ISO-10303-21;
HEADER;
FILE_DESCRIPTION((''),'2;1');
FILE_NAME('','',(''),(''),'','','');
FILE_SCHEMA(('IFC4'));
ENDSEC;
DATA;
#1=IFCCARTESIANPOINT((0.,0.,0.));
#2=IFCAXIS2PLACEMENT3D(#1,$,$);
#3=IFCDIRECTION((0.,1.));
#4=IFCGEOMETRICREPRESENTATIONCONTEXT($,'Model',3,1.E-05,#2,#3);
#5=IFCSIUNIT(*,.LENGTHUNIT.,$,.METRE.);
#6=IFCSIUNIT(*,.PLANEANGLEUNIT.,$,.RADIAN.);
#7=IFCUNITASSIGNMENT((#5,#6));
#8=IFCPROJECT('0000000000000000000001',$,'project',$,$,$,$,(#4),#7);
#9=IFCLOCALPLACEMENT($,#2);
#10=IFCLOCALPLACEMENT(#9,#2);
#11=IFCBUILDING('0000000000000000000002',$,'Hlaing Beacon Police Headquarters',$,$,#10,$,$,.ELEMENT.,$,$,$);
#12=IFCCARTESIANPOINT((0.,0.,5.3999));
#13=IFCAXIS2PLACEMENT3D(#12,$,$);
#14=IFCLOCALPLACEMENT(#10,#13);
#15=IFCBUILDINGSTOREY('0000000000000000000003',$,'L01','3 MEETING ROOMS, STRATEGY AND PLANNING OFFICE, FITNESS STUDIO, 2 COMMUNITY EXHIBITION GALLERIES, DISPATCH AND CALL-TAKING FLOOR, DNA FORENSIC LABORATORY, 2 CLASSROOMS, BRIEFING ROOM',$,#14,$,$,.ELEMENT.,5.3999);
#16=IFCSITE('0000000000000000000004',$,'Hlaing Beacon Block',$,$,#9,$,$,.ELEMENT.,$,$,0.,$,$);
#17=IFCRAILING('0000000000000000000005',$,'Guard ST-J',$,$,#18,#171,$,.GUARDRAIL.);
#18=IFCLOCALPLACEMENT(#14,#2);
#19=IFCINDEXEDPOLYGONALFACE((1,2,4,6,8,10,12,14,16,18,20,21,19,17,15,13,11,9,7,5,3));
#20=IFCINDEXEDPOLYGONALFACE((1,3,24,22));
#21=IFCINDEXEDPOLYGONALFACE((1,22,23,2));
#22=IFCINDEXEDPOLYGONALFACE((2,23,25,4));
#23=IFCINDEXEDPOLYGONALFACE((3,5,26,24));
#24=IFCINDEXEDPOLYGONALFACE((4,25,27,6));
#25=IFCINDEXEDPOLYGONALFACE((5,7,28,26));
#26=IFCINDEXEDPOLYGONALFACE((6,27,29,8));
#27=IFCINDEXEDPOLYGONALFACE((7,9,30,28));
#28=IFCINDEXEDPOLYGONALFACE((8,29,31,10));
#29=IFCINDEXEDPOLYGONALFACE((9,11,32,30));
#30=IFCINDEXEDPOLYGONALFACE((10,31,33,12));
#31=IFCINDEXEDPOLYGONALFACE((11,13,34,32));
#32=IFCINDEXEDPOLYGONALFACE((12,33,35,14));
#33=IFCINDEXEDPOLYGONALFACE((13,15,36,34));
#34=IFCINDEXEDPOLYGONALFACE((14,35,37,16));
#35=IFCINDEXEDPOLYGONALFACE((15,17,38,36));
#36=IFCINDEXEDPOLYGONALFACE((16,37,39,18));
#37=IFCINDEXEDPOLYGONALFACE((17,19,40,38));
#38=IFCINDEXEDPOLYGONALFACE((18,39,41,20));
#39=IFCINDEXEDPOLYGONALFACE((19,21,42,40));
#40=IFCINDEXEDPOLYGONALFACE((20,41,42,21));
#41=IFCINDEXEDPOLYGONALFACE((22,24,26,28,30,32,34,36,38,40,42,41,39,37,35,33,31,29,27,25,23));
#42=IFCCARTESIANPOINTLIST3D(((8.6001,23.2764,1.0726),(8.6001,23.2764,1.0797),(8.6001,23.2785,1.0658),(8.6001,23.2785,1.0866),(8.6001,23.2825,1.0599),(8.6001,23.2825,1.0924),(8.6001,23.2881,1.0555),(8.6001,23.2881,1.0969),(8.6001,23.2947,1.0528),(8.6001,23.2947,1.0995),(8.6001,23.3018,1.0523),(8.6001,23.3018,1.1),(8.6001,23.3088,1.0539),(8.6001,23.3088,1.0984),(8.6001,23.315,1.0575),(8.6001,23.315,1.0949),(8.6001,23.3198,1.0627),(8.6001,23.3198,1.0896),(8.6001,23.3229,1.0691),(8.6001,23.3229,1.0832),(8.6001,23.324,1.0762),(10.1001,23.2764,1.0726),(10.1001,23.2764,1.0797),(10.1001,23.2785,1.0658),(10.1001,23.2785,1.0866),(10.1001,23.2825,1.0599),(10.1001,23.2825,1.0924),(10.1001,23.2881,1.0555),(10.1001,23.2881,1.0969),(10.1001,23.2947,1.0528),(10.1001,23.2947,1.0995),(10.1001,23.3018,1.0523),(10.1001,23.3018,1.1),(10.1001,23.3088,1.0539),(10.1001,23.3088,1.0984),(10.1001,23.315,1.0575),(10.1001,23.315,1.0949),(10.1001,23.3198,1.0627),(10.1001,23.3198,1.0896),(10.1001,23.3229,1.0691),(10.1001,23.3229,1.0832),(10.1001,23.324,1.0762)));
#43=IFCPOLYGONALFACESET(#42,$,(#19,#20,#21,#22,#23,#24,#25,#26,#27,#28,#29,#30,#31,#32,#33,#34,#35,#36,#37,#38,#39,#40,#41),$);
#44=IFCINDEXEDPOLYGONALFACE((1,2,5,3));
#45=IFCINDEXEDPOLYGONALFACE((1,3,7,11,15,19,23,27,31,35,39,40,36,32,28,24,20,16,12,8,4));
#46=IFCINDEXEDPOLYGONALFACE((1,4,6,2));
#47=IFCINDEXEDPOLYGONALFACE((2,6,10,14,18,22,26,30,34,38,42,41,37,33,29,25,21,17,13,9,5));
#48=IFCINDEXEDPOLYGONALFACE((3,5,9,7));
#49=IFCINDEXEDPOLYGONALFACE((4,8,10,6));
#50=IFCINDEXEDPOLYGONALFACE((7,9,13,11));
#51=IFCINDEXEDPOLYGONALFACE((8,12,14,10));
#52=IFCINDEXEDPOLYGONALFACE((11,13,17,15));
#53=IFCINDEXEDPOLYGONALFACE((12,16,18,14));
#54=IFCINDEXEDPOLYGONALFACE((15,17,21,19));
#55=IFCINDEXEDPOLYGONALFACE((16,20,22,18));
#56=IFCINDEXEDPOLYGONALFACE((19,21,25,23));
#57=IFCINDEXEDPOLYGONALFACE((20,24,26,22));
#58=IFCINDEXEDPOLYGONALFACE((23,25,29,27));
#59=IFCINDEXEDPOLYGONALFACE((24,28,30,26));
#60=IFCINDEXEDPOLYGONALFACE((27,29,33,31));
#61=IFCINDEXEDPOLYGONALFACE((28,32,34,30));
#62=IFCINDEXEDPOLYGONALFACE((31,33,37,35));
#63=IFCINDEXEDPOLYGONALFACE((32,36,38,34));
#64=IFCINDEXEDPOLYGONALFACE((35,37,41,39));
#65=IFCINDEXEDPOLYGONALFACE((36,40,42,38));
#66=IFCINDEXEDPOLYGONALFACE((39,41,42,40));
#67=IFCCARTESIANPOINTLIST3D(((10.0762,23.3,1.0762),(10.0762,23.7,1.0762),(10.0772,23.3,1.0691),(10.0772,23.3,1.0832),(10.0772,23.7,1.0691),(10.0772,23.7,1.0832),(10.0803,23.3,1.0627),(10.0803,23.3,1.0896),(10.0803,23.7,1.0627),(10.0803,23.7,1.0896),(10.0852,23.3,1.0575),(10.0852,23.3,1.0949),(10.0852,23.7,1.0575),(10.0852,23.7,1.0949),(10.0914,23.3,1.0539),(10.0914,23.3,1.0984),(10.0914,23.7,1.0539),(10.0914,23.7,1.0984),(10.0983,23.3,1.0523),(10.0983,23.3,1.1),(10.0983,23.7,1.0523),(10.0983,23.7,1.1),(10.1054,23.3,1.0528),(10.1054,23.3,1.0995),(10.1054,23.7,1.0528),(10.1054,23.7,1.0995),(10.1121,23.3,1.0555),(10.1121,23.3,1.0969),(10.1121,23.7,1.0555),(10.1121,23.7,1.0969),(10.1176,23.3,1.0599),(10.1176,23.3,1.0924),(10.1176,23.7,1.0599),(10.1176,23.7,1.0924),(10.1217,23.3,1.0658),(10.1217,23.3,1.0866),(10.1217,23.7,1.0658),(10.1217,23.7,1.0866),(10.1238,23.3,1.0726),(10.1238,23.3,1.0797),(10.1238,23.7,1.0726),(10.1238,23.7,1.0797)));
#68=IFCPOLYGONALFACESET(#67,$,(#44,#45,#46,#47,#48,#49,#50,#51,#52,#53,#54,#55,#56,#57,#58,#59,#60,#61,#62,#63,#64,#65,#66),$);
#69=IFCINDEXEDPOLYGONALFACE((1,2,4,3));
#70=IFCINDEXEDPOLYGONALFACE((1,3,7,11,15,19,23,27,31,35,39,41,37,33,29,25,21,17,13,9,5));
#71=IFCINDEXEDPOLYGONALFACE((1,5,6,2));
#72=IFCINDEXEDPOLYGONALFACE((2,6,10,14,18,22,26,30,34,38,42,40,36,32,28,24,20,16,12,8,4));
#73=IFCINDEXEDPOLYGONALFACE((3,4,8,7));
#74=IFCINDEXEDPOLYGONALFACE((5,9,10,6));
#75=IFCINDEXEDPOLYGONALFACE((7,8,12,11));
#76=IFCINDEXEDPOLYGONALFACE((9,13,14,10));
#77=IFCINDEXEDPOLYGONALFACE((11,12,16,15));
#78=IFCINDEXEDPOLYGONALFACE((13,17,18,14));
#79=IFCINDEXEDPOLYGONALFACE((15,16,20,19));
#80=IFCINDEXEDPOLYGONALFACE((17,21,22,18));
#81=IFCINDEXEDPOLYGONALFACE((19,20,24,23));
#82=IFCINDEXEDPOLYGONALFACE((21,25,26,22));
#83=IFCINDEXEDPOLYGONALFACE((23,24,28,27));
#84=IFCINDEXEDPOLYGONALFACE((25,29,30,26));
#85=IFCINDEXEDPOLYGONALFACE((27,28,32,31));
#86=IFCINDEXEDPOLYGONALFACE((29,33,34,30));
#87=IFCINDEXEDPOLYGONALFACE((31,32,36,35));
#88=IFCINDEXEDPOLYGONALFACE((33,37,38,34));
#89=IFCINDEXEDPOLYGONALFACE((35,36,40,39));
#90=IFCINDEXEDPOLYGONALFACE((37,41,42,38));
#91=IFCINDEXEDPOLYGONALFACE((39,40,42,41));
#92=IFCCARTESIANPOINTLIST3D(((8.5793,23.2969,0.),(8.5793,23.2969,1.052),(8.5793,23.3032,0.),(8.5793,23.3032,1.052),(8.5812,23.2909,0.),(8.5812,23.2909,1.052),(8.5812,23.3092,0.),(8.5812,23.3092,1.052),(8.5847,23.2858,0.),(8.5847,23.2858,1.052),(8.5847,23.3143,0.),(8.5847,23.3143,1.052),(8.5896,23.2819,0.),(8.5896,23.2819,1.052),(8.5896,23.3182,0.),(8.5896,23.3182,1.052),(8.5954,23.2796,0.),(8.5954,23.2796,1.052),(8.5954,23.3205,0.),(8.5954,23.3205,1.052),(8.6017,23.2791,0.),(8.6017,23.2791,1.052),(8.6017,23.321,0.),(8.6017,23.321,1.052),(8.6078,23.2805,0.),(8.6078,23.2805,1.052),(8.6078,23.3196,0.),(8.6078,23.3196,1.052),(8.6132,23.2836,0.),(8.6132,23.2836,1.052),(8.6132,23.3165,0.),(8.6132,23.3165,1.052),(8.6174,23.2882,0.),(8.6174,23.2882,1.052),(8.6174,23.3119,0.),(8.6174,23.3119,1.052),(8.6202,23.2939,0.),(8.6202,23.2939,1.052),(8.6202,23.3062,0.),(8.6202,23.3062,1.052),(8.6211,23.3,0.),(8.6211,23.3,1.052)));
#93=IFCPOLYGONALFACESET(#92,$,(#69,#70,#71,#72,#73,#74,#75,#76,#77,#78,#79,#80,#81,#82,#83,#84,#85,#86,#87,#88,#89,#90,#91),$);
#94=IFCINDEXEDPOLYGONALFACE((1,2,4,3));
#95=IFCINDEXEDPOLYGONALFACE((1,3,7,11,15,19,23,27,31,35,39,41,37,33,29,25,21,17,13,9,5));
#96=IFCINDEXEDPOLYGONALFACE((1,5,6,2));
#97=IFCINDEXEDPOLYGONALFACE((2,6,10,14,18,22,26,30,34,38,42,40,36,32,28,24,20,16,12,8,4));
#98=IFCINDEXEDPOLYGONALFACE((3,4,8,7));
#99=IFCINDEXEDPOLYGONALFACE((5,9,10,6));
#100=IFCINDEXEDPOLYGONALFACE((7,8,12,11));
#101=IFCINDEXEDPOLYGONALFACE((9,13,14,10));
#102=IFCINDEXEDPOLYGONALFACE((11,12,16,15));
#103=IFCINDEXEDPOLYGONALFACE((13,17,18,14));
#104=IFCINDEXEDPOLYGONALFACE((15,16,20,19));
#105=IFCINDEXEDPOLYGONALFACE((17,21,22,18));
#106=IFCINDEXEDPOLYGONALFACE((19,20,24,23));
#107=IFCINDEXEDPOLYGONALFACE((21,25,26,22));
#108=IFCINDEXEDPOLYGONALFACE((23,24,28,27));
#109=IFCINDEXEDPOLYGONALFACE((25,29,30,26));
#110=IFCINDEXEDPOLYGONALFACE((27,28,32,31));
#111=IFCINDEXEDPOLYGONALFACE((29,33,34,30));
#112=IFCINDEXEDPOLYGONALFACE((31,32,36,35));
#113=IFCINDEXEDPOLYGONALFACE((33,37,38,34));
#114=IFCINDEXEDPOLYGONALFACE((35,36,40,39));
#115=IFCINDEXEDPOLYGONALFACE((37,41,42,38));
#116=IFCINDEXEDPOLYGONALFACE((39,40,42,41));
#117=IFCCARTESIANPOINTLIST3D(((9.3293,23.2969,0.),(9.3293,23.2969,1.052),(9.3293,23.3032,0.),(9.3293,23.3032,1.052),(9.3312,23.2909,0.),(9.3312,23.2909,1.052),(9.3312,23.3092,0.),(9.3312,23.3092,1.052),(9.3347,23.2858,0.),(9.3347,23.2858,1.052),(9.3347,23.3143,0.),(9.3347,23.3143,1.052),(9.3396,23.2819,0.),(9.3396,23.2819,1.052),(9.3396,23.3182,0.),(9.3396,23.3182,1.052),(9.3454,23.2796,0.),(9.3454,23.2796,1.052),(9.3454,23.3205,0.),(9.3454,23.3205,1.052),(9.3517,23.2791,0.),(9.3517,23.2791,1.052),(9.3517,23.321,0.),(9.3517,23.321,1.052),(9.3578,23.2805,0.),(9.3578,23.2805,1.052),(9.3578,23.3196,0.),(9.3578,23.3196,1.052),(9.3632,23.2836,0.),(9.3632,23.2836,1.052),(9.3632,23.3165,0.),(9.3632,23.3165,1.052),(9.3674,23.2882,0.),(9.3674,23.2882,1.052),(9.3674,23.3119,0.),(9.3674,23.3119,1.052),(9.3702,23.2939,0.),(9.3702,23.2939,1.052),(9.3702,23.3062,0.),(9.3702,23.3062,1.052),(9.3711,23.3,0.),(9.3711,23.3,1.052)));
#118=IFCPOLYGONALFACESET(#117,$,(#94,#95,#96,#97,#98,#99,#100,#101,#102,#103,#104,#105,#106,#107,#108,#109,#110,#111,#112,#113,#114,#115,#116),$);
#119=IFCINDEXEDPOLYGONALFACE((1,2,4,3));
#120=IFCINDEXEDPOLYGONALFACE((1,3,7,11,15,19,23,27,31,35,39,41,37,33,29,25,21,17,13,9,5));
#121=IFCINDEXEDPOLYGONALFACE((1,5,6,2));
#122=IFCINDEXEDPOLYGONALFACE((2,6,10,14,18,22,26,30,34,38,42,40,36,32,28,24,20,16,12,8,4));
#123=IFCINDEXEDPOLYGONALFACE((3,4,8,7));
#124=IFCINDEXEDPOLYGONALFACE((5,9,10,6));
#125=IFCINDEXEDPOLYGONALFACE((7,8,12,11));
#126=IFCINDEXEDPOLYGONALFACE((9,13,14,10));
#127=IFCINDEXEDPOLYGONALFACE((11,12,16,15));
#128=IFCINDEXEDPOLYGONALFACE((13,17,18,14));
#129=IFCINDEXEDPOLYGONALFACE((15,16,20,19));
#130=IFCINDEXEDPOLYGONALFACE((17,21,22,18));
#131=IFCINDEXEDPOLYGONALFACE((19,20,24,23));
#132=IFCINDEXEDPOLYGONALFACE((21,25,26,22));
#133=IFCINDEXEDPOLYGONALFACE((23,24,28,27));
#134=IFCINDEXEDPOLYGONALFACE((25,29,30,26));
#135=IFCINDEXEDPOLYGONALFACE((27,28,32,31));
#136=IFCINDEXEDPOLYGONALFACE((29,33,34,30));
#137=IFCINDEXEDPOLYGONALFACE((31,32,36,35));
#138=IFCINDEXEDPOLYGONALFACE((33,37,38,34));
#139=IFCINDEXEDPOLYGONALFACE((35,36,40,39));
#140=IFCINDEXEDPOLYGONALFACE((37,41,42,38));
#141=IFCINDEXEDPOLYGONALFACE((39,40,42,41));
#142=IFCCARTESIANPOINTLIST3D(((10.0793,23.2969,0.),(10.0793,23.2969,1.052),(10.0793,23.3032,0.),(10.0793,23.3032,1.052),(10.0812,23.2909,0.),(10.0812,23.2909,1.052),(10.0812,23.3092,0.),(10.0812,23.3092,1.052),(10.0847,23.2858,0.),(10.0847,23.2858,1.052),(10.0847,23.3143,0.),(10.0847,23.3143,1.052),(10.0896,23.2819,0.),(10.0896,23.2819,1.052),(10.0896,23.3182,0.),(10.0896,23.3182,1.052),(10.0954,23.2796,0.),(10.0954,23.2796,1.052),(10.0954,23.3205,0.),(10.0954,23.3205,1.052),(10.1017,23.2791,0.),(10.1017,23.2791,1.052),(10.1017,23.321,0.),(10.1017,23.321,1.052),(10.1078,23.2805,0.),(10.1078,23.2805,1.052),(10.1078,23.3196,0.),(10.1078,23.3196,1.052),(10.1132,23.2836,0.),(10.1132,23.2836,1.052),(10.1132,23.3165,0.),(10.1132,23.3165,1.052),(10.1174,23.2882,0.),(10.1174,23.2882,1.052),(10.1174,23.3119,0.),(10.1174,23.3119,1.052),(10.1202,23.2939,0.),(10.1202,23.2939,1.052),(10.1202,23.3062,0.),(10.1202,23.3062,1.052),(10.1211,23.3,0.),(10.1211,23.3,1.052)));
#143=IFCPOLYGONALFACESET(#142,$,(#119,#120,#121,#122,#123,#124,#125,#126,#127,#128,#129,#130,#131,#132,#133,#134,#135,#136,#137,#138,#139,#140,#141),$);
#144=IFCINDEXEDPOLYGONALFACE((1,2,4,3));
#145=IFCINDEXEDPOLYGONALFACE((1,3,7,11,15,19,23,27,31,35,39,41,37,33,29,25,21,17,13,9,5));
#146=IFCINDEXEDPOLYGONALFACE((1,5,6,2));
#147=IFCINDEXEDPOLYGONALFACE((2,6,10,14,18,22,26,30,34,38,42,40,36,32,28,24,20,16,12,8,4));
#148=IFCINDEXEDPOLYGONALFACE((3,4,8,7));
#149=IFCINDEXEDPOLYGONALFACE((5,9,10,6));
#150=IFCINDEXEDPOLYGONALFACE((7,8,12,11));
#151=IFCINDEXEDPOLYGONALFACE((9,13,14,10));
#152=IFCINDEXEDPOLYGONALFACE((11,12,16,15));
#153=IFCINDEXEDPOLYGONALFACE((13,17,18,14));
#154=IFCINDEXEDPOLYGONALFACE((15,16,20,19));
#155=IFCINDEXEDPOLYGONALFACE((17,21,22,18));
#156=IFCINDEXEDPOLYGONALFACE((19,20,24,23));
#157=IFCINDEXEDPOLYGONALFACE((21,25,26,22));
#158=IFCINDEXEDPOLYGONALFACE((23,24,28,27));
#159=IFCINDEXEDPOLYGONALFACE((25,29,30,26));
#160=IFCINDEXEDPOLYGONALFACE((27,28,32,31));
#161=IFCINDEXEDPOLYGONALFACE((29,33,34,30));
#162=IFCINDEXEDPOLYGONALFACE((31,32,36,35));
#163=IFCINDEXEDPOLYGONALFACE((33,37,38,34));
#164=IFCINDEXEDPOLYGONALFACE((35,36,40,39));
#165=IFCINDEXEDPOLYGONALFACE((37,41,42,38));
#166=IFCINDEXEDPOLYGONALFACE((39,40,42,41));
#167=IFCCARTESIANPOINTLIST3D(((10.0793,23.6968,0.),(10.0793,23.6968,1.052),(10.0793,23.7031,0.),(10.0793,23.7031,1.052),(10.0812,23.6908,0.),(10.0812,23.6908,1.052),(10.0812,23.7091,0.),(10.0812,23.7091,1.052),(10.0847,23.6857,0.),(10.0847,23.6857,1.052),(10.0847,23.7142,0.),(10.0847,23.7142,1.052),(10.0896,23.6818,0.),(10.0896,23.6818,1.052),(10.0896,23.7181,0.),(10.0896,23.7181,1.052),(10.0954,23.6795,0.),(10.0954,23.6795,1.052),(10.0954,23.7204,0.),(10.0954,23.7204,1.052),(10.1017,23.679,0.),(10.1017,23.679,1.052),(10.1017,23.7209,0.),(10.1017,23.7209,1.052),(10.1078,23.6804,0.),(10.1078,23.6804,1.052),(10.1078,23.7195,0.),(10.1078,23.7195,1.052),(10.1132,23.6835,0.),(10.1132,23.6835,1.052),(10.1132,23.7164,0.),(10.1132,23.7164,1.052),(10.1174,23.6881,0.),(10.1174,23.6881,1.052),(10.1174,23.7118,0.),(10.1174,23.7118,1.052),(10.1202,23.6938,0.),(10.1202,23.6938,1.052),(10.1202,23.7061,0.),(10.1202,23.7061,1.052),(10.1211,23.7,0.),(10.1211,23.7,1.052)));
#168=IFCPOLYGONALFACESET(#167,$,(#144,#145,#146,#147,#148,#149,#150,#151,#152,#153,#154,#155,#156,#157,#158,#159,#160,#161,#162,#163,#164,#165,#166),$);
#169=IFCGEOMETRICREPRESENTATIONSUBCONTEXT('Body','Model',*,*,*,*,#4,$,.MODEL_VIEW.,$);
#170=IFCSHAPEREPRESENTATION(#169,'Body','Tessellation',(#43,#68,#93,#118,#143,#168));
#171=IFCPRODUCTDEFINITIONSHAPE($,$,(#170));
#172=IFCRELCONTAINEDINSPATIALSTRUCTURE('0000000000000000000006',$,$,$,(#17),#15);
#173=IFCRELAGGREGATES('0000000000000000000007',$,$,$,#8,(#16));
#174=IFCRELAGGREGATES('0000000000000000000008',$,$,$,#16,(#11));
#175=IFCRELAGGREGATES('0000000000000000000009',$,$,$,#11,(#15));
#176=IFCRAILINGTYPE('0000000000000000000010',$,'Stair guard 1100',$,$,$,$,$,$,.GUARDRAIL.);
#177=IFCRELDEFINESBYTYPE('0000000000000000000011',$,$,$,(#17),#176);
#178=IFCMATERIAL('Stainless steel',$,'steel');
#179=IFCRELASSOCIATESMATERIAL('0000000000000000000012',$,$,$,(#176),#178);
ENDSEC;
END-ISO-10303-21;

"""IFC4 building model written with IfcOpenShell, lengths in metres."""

from ifc_helpers import new_model, si_unit, direction, frame, origin, origin_2d, place, context, subcontext, project, spatial, circle, extrude, material, type_object, element, save


model = new_model("IFC4")

# Units and contexts
model_context = context("Model", 3, precision=1e-05, world=origin(), true_north=direction((0.0, 1.0)))
body_context = subcontext(model_context, "Body", "Model", "MODEL_VIEW")
ifc_project = project(units=[si_unit("LENGTHUNIT", "METRE"), si_unit("PLANEANGLEUNIT", "RADIAN")], contexts=[model_context])

# Site, building, storey
site_placement = place(None, origin())
site = spatial("IfcSite", under=ifc_project, at=site_placement, Name="Hlaing Beacon Block", CompositionType="ELEMENT", RefElevation=0.0)
building_placement = place(site_placement, origin())
building = spatial("IfcBuilding", under=site, at=building_placement, Name="Hlaing Beacon Police Headquarters", CompositionType="ELEMENT")
storey_placement = place(building_placement, frame((0.0, 0.0, 5.3999)))
storey = spatial("IfcBuildingStorey", under=building, at=storey_placement, Name="L01", Description="3 MEETING ROOMS, STRATEGY AND PLANNING OFFICE, FITNESS STUDIO, 2 COMMUNITY EXHIBITION GALLERIES, DISPATCH AND CALL-TAKING FLOOR, DNA FORENSIC LABORATORY, 2 CLASSROOMS, BRIEFING ROOM", CompositionType="ELEMENT", Elevation=5.3999)

# Railing
ifc_material_1 = material(Name="Stainless steel", Category="steel")
railing_type_1 = type_object("IfcRailingType", Name="Stair guard 1100", PredefinedType="GUARDRAIL", material=ifc_material_1)
railing_placement = place(storey_placement, frame((8.6001, 23.3, 0.0)))
element("IfcRailing", 1, at=railing_placement, inside=storey, type_object=railing_type_1, Name="Guard ST-J", PredefinedType="GUARDRAIL", context=body_context, shape_type="SweptSolid", body=[
    extrude(circle(Radius=0.0239, at=origin_2d()), frame((0.0, 0.0, 1.0762), z_axis=(1.0, 0.0, 0.0), x_axis=(0.0, 1.0, 0.0)), (0.0, 0.0, 1.0), 1.5),
    extrude(circle(Radius=0.0239, at=origin_2d()), frame((1.5, 0.0, 1.0762), z_axis=(0.0, 1.0, 0.0), x_axis=(-1.0, 0.0, 0.0)), (0.0, 0.0, 1.0), 0.3999),
    extrude(circle(Radius=0.021, at=origin_2d()), origin(), (0.0, 0.0, 1.0), 1.052),
    extrude(circle(Radius=0.021, at=origin_2d()), frame((0.75, 0.0, 0.0)), (0.0, 0.0, 1.0), 1.052),
    extrude(circle(Radius=0.021, at=origin_2d()), frame((1.5, 0.0, 0.0)), (0.0, 0.0, 1.0), 1.052),
    extrude(circle(Radius=0.021, at=origin_2d()), frame((1.5, 0.3999, 0.0)), (0.0, 0.0, 1.0), 1.052),
])

save(model, "model.ifc")
